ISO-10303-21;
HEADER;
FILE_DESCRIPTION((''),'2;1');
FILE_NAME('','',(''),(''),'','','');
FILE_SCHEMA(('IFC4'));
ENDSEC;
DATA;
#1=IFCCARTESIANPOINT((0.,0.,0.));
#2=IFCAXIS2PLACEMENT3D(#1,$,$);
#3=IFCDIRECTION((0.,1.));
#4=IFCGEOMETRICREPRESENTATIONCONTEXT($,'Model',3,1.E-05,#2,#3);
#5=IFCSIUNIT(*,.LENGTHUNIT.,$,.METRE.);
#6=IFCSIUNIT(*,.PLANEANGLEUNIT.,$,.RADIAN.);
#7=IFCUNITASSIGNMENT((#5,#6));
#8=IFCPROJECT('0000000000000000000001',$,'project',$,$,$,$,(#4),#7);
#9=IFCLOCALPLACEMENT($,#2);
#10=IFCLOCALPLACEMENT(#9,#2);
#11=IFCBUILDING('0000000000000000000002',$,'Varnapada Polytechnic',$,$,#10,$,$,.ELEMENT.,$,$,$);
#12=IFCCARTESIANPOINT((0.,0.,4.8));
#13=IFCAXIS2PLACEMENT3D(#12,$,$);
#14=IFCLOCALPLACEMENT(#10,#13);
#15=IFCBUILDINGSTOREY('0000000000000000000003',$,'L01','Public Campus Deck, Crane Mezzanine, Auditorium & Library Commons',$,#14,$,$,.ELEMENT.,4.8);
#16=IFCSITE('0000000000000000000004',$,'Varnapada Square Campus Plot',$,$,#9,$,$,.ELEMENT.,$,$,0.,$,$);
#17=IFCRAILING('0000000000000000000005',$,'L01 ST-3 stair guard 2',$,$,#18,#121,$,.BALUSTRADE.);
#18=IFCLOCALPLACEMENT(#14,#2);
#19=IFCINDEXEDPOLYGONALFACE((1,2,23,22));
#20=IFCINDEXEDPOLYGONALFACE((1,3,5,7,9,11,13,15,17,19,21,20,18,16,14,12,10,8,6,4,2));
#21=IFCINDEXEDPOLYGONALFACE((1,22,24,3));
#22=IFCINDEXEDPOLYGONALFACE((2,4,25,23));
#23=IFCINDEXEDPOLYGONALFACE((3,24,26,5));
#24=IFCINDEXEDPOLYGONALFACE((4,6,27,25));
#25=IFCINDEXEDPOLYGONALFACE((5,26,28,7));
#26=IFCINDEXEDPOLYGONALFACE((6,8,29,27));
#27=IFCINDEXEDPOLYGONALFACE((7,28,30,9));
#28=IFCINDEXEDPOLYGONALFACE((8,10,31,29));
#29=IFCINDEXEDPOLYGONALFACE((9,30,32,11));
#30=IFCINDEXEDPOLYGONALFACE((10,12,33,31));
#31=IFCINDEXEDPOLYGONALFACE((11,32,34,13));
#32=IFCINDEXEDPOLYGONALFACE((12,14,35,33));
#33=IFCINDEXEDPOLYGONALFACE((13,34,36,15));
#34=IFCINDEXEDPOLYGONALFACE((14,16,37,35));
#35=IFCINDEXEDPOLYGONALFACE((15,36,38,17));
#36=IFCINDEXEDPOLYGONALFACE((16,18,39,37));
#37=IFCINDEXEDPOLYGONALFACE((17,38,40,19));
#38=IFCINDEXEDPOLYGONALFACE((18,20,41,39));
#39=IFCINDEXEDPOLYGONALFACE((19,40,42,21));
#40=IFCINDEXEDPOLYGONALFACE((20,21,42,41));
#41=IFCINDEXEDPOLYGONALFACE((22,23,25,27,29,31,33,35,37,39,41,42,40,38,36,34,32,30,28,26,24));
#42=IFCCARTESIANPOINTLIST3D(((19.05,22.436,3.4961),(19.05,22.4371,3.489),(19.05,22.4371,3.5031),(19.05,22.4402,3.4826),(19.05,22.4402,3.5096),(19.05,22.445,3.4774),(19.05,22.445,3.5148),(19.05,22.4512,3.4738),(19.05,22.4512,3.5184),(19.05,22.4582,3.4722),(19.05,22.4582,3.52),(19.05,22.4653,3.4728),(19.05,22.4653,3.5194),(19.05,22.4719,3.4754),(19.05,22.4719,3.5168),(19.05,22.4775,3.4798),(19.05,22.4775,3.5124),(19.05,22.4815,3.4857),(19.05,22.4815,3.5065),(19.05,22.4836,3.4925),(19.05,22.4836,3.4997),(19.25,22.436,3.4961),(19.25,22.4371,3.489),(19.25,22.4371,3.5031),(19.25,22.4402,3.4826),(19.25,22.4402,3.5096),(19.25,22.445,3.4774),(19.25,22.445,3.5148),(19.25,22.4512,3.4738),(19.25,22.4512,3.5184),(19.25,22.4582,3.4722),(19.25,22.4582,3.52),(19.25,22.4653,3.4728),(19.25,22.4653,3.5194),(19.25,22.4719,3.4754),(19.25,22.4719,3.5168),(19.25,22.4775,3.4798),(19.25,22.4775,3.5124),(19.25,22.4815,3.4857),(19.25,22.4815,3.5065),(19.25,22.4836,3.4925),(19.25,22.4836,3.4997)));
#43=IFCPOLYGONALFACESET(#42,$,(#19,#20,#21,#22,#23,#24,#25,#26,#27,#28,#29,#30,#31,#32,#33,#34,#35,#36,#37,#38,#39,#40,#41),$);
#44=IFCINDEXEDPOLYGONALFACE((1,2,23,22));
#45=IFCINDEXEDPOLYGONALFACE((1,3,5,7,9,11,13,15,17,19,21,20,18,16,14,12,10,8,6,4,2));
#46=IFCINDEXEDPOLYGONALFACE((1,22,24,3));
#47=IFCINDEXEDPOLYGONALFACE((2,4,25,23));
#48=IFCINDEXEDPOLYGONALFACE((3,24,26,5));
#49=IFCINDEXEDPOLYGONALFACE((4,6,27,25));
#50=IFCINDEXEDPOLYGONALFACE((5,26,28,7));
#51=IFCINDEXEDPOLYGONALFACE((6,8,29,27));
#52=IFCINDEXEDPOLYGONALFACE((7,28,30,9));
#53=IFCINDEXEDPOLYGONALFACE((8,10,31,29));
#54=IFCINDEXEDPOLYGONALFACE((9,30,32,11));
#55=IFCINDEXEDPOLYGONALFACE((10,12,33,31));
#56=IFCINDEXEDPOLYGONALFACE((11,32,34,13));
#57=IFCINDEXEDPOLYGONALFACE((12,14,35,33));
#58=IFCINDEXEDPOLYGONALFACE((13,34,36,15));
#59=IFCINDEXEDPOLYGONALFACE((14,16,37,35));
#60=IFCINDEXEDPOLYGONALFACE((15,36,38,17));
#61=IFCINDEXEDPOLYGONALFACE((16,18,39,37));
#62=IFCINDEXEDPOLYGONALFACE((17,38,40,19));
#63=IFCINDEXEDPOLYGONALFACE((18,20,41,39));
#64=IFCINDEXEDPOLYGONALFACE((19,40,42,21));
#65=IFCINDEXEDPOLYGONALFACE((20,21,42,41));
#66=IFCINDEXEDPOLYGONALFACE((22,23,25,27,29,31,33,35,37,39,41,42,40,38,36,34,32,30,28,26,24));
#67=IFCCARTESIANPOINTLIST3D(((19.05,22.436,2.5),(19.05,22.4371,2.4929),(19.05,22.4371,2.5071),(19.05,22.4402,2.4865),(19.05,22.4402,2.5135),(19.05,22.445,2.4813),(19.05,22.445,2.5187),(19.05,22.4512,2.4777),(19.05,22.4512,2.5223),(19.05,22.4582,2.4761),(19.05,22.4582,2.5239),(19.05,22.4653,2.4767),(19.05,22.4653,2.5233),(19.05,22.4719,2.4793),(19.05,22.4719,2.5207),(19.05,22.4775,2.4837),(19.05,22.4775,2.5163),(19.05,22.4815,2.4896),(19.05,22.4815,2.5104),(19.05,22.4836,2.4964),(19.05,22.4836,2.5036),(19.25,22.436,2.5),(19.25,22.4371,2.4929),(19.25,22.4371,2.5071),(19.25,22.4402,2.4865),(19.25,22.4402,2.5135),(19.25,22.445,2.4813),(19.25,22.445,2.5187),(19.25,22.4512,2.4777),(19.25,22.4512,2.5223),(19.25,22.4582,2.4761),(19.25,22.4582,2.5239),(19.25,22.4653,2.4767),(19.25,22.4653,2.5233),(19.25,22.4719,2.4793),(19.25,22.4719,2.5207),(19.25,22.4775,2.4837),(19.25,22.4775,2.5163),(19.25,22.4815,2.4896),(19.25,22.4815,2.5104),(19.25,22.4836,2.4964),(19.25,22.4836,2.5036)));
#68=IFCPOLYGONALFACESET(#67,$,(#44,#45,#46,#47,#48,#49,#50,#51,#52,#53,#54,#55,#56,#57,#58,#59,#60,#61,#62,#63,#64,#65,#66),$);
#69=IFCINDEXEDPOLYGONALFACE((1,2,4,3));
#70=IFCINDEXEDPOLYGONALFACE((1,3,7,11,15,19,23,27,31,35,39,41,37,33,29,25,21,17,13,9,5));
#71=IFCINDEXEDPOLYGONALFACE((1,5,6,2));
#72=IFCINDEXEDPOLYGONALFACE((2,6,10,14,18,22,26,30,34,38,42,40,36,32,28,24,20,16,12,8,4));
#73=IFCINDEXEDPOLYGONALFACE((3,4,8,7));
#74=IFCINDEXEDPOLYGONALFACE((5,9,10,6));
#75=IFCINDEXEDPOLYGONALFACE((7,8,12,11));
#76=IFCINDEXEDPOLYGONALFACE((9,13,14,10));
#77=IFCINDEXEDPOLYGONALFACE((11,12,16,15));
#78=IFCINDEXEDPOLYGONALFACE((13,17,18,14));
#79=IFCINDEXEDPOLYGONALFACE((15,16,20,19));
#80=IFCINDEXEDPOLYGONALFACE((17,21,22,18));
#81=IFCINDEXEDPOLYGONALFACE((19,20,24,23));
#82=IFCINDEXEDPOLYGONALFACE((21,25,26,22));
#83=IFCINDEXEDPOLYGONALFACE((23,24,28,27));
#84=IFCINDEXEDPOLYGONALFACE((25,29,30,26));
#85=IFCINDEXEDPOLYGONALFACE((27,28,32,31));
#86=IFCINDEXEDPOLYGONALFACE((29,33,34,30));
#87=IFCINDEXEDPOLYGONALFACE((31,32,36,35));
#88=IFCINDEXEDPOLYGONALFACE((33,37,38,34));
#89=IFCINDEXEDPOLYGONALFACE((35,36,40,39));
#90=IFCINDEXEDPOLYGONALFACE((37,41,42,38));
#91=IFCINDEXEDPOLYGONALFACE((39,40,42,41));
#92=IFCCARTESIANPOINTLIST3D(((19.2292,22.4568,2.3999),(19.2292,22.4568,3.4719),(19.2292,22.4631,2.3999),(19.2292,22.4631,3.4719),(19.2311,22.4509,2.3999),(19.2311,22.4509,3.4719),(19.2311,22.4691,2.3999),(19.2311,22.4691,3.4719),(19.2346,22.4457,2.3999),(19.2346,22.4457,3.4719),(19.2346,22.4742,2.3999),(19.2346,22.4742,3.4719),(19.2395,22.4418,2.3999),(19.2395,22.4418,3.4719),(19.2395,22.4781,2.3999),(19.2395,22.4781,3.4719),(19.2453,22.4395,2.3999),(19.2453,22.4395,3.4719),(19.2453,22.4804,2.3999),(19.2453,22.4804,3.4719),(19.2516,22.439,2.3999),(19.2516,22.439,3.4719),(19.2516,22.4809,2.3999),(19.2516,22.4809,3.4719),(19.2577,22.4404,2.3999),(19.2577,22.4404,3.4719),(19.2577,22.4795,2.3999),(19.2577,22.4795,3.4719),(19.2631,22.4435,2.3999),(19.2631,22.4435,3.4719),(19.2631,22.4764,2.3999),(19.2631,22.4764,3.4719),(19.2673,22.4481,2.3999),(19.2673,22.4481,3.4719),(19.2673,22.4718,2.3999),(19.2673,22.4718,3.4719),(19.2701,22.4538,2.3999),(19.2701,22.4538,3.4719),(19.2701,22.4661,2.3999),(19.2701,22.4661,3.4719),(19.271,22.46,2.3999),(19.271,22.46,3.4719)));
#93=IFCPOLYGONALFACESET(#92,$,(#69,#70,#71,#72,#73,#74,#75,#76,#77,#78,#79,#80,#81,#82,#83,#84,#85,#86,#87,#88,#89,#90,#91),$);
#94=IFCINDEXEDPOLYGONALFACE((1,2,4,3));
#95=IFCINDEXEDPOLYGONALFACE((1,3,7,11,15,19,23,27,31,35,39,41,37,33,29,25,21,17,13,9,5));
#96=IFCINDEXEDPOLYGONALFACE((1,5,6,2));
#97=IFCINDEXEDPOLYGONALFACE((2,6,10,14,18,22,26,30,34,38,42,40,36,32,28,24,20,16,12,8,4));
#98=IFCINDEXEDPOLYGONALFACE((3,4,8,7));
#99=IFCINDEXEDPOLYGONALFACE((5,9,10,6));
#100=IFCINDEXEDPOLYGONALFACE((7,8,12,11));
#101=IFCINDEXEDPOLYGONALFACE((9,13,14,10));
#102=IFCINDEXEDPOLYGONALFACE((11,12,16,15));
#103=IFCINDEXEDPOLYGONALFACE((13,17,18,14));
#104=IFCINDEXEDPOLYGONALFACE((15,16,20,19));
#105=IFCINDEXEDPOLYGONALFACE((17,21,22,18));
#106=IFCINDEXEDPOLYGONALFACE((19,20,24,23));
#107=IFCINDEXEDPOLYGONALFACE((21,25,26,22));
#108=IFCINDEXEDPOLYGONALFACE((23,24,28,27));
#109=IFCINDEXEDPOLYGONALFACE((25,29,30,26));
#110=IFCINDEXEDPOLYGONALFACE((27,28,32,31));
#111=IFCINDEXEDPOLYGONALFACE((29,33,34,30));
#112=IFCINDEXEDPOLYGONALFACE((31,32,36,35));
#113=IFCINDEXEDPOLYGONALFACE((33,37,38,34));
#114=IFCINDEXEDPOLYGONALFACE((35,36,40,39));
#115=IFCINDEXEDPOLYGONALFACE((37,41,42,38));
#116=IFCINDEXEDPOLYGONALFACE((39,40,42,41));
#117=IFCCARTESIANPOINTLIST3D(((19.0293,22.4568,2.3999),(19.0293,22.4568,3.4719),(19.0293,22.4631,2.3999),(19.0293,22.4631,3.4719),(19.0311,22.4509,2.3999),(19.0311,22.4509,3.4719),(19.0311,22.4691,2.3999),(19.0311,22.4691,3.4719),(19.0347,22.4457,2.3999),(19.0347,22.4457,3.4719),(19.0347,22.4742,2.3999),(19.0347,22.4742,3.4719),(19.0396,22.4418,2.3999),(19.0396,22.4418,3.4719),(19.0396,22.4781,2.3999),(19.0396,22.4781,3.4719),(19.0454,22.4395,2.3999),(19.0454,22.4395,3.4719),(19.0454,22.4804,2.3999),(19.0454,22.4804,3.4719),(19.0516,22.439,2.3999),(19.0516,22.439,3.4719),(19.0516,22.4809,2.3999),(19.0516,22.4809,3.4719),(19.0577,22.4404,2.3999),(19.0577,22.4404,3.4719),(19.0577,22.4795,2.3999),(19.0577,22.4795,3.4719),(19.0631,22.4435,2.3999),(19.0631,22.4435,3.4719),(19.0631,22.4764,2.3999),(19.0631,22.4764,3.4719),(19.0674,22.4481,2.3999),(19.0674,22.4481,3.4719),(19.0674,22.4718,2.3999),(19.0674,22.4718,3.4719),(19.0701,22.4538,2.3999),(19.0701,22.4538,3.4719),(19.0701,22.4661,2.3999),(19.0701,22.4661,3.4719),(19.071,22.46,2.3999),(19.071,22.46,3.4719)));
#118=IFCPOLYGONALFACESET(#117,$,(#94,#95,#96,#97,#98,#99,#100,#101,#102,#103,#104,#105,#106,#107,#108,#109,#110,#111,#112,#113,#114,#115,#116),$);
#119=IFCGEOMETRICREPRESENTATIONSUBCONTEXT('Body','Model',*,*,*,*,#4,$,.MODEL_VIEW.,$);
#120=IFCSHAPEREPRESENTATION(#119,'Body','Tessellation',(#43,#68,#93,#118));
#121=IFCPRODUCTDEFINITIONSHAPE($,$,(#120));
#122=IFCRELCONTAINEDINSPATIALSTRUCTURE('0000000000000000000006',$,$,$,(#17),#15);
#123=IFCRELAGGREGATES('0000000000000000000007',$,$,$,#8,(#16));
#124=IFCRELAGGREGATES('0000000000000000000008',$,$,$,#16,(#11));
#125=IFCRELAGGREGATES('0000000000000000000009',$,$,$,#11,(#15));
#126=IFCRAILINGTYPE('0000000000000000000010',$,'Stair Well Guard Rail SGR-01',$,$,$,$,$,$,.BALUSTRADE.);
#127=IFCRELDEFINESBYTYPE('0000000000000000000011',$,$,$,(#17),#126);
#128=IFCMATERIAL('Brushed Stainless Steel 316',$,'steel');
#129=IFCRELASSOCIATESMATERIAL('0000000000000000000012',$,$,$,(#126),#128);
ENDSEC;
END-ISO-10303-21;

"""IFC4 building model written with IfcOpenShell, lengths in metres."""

from ifc_helpers import new_model, si_unit, direction, frame, origin, origin_2d, place, context, subcontext, project, spatial, circle, extrude, material, type_object, element, save


model = new_model("IFC4")

# Units and contexts
model_context = context("Model", 3, precision=1e-05, world=origin(), true_north=direction((0.0, 1.0)))
body_context = subcontext(model_context, "Body", "Model", "MODEL_VIEW")
ifc_project = project(units=[si_unit("LENGTHUNIT", "METRE"), si_unit("PLANEANGLEUNIT", "RADIAN")], contexts=[model_context])

# Site, building, storey
site_placement = place(None, origin())
site = spatial("IfcSite", under=ifc_project, at=site_placement, Name="Varnapada Square Campus Plot", CompositionType="ELEMENT", RefElevation=0.0)
building_placement = place(site_placement, origin())
building = spatial("IfcBuilding", under=site, at=building_placement, Name="Varnapada Polytechnic", CompositionType="ELEMENT")
storey_placement = place(building_placement, frame((0.0, 0.0, 4.8)))
storey = spatial("IfcBuildingStorey", under=building, at=storey_placement, Name="L01", Description="Public Campus Deck, Crane Mezzanine, Auditorium & Library Commons", CompositionType="ELEMENT", Elevation=4.8)

# Shared definitions
ifc_material_1 = material(Name="Brushed Stainless Steel 316", Category="steel")

# Railing
railing_type_1 = type_object("IfcRailingType", Name="Stair Well Guard Rail SGR-01", PredefinedType="BALUSTRADE", material=ifc_material_1)
railing_1_placement = place(storey_placement, frame((19.25, 22.46, 2.3999)))
element("IfcRailing", 1, at=railing_1_placement, inside=storey, type_object=railing_type_1, Name="L01 ST-3 stair guard 2", PredefinedType="BALUSTRADE", context=body_context, shape_type="SweptSolid", body=[
    extrude(circle(Radius=0.0239, at=origin_2d()), frame((0.0, 0.0, 1.0962), z_axis=(-1.0, 0.0, 0.0), x_axis=(0.0, -1.0, 0.0)), (0.0, 0.0, 1.0), 0.2),
    extrude(circle(Radius=0.0239, at=origin_2d()), frame((0.0, 0.0, 0.1001), z_axis=(-1.0, 0.0, 0.0), x_axis=(0.0, -1.0, 0.0)), (0.0, 0.0, 1.0), 0.2),
    extrude(circle(Radius=0.021, at=origin_2d()), origin(), (0.0, 0.0, 1.0), 1.072),
    extrude(circle(Radius=0.021, at=origin_2d()), frame((-0.2, 0.0, 0.0)), (0.0, 0.0, 1.0), 1.072),
])

save(model, "model.ifc")
